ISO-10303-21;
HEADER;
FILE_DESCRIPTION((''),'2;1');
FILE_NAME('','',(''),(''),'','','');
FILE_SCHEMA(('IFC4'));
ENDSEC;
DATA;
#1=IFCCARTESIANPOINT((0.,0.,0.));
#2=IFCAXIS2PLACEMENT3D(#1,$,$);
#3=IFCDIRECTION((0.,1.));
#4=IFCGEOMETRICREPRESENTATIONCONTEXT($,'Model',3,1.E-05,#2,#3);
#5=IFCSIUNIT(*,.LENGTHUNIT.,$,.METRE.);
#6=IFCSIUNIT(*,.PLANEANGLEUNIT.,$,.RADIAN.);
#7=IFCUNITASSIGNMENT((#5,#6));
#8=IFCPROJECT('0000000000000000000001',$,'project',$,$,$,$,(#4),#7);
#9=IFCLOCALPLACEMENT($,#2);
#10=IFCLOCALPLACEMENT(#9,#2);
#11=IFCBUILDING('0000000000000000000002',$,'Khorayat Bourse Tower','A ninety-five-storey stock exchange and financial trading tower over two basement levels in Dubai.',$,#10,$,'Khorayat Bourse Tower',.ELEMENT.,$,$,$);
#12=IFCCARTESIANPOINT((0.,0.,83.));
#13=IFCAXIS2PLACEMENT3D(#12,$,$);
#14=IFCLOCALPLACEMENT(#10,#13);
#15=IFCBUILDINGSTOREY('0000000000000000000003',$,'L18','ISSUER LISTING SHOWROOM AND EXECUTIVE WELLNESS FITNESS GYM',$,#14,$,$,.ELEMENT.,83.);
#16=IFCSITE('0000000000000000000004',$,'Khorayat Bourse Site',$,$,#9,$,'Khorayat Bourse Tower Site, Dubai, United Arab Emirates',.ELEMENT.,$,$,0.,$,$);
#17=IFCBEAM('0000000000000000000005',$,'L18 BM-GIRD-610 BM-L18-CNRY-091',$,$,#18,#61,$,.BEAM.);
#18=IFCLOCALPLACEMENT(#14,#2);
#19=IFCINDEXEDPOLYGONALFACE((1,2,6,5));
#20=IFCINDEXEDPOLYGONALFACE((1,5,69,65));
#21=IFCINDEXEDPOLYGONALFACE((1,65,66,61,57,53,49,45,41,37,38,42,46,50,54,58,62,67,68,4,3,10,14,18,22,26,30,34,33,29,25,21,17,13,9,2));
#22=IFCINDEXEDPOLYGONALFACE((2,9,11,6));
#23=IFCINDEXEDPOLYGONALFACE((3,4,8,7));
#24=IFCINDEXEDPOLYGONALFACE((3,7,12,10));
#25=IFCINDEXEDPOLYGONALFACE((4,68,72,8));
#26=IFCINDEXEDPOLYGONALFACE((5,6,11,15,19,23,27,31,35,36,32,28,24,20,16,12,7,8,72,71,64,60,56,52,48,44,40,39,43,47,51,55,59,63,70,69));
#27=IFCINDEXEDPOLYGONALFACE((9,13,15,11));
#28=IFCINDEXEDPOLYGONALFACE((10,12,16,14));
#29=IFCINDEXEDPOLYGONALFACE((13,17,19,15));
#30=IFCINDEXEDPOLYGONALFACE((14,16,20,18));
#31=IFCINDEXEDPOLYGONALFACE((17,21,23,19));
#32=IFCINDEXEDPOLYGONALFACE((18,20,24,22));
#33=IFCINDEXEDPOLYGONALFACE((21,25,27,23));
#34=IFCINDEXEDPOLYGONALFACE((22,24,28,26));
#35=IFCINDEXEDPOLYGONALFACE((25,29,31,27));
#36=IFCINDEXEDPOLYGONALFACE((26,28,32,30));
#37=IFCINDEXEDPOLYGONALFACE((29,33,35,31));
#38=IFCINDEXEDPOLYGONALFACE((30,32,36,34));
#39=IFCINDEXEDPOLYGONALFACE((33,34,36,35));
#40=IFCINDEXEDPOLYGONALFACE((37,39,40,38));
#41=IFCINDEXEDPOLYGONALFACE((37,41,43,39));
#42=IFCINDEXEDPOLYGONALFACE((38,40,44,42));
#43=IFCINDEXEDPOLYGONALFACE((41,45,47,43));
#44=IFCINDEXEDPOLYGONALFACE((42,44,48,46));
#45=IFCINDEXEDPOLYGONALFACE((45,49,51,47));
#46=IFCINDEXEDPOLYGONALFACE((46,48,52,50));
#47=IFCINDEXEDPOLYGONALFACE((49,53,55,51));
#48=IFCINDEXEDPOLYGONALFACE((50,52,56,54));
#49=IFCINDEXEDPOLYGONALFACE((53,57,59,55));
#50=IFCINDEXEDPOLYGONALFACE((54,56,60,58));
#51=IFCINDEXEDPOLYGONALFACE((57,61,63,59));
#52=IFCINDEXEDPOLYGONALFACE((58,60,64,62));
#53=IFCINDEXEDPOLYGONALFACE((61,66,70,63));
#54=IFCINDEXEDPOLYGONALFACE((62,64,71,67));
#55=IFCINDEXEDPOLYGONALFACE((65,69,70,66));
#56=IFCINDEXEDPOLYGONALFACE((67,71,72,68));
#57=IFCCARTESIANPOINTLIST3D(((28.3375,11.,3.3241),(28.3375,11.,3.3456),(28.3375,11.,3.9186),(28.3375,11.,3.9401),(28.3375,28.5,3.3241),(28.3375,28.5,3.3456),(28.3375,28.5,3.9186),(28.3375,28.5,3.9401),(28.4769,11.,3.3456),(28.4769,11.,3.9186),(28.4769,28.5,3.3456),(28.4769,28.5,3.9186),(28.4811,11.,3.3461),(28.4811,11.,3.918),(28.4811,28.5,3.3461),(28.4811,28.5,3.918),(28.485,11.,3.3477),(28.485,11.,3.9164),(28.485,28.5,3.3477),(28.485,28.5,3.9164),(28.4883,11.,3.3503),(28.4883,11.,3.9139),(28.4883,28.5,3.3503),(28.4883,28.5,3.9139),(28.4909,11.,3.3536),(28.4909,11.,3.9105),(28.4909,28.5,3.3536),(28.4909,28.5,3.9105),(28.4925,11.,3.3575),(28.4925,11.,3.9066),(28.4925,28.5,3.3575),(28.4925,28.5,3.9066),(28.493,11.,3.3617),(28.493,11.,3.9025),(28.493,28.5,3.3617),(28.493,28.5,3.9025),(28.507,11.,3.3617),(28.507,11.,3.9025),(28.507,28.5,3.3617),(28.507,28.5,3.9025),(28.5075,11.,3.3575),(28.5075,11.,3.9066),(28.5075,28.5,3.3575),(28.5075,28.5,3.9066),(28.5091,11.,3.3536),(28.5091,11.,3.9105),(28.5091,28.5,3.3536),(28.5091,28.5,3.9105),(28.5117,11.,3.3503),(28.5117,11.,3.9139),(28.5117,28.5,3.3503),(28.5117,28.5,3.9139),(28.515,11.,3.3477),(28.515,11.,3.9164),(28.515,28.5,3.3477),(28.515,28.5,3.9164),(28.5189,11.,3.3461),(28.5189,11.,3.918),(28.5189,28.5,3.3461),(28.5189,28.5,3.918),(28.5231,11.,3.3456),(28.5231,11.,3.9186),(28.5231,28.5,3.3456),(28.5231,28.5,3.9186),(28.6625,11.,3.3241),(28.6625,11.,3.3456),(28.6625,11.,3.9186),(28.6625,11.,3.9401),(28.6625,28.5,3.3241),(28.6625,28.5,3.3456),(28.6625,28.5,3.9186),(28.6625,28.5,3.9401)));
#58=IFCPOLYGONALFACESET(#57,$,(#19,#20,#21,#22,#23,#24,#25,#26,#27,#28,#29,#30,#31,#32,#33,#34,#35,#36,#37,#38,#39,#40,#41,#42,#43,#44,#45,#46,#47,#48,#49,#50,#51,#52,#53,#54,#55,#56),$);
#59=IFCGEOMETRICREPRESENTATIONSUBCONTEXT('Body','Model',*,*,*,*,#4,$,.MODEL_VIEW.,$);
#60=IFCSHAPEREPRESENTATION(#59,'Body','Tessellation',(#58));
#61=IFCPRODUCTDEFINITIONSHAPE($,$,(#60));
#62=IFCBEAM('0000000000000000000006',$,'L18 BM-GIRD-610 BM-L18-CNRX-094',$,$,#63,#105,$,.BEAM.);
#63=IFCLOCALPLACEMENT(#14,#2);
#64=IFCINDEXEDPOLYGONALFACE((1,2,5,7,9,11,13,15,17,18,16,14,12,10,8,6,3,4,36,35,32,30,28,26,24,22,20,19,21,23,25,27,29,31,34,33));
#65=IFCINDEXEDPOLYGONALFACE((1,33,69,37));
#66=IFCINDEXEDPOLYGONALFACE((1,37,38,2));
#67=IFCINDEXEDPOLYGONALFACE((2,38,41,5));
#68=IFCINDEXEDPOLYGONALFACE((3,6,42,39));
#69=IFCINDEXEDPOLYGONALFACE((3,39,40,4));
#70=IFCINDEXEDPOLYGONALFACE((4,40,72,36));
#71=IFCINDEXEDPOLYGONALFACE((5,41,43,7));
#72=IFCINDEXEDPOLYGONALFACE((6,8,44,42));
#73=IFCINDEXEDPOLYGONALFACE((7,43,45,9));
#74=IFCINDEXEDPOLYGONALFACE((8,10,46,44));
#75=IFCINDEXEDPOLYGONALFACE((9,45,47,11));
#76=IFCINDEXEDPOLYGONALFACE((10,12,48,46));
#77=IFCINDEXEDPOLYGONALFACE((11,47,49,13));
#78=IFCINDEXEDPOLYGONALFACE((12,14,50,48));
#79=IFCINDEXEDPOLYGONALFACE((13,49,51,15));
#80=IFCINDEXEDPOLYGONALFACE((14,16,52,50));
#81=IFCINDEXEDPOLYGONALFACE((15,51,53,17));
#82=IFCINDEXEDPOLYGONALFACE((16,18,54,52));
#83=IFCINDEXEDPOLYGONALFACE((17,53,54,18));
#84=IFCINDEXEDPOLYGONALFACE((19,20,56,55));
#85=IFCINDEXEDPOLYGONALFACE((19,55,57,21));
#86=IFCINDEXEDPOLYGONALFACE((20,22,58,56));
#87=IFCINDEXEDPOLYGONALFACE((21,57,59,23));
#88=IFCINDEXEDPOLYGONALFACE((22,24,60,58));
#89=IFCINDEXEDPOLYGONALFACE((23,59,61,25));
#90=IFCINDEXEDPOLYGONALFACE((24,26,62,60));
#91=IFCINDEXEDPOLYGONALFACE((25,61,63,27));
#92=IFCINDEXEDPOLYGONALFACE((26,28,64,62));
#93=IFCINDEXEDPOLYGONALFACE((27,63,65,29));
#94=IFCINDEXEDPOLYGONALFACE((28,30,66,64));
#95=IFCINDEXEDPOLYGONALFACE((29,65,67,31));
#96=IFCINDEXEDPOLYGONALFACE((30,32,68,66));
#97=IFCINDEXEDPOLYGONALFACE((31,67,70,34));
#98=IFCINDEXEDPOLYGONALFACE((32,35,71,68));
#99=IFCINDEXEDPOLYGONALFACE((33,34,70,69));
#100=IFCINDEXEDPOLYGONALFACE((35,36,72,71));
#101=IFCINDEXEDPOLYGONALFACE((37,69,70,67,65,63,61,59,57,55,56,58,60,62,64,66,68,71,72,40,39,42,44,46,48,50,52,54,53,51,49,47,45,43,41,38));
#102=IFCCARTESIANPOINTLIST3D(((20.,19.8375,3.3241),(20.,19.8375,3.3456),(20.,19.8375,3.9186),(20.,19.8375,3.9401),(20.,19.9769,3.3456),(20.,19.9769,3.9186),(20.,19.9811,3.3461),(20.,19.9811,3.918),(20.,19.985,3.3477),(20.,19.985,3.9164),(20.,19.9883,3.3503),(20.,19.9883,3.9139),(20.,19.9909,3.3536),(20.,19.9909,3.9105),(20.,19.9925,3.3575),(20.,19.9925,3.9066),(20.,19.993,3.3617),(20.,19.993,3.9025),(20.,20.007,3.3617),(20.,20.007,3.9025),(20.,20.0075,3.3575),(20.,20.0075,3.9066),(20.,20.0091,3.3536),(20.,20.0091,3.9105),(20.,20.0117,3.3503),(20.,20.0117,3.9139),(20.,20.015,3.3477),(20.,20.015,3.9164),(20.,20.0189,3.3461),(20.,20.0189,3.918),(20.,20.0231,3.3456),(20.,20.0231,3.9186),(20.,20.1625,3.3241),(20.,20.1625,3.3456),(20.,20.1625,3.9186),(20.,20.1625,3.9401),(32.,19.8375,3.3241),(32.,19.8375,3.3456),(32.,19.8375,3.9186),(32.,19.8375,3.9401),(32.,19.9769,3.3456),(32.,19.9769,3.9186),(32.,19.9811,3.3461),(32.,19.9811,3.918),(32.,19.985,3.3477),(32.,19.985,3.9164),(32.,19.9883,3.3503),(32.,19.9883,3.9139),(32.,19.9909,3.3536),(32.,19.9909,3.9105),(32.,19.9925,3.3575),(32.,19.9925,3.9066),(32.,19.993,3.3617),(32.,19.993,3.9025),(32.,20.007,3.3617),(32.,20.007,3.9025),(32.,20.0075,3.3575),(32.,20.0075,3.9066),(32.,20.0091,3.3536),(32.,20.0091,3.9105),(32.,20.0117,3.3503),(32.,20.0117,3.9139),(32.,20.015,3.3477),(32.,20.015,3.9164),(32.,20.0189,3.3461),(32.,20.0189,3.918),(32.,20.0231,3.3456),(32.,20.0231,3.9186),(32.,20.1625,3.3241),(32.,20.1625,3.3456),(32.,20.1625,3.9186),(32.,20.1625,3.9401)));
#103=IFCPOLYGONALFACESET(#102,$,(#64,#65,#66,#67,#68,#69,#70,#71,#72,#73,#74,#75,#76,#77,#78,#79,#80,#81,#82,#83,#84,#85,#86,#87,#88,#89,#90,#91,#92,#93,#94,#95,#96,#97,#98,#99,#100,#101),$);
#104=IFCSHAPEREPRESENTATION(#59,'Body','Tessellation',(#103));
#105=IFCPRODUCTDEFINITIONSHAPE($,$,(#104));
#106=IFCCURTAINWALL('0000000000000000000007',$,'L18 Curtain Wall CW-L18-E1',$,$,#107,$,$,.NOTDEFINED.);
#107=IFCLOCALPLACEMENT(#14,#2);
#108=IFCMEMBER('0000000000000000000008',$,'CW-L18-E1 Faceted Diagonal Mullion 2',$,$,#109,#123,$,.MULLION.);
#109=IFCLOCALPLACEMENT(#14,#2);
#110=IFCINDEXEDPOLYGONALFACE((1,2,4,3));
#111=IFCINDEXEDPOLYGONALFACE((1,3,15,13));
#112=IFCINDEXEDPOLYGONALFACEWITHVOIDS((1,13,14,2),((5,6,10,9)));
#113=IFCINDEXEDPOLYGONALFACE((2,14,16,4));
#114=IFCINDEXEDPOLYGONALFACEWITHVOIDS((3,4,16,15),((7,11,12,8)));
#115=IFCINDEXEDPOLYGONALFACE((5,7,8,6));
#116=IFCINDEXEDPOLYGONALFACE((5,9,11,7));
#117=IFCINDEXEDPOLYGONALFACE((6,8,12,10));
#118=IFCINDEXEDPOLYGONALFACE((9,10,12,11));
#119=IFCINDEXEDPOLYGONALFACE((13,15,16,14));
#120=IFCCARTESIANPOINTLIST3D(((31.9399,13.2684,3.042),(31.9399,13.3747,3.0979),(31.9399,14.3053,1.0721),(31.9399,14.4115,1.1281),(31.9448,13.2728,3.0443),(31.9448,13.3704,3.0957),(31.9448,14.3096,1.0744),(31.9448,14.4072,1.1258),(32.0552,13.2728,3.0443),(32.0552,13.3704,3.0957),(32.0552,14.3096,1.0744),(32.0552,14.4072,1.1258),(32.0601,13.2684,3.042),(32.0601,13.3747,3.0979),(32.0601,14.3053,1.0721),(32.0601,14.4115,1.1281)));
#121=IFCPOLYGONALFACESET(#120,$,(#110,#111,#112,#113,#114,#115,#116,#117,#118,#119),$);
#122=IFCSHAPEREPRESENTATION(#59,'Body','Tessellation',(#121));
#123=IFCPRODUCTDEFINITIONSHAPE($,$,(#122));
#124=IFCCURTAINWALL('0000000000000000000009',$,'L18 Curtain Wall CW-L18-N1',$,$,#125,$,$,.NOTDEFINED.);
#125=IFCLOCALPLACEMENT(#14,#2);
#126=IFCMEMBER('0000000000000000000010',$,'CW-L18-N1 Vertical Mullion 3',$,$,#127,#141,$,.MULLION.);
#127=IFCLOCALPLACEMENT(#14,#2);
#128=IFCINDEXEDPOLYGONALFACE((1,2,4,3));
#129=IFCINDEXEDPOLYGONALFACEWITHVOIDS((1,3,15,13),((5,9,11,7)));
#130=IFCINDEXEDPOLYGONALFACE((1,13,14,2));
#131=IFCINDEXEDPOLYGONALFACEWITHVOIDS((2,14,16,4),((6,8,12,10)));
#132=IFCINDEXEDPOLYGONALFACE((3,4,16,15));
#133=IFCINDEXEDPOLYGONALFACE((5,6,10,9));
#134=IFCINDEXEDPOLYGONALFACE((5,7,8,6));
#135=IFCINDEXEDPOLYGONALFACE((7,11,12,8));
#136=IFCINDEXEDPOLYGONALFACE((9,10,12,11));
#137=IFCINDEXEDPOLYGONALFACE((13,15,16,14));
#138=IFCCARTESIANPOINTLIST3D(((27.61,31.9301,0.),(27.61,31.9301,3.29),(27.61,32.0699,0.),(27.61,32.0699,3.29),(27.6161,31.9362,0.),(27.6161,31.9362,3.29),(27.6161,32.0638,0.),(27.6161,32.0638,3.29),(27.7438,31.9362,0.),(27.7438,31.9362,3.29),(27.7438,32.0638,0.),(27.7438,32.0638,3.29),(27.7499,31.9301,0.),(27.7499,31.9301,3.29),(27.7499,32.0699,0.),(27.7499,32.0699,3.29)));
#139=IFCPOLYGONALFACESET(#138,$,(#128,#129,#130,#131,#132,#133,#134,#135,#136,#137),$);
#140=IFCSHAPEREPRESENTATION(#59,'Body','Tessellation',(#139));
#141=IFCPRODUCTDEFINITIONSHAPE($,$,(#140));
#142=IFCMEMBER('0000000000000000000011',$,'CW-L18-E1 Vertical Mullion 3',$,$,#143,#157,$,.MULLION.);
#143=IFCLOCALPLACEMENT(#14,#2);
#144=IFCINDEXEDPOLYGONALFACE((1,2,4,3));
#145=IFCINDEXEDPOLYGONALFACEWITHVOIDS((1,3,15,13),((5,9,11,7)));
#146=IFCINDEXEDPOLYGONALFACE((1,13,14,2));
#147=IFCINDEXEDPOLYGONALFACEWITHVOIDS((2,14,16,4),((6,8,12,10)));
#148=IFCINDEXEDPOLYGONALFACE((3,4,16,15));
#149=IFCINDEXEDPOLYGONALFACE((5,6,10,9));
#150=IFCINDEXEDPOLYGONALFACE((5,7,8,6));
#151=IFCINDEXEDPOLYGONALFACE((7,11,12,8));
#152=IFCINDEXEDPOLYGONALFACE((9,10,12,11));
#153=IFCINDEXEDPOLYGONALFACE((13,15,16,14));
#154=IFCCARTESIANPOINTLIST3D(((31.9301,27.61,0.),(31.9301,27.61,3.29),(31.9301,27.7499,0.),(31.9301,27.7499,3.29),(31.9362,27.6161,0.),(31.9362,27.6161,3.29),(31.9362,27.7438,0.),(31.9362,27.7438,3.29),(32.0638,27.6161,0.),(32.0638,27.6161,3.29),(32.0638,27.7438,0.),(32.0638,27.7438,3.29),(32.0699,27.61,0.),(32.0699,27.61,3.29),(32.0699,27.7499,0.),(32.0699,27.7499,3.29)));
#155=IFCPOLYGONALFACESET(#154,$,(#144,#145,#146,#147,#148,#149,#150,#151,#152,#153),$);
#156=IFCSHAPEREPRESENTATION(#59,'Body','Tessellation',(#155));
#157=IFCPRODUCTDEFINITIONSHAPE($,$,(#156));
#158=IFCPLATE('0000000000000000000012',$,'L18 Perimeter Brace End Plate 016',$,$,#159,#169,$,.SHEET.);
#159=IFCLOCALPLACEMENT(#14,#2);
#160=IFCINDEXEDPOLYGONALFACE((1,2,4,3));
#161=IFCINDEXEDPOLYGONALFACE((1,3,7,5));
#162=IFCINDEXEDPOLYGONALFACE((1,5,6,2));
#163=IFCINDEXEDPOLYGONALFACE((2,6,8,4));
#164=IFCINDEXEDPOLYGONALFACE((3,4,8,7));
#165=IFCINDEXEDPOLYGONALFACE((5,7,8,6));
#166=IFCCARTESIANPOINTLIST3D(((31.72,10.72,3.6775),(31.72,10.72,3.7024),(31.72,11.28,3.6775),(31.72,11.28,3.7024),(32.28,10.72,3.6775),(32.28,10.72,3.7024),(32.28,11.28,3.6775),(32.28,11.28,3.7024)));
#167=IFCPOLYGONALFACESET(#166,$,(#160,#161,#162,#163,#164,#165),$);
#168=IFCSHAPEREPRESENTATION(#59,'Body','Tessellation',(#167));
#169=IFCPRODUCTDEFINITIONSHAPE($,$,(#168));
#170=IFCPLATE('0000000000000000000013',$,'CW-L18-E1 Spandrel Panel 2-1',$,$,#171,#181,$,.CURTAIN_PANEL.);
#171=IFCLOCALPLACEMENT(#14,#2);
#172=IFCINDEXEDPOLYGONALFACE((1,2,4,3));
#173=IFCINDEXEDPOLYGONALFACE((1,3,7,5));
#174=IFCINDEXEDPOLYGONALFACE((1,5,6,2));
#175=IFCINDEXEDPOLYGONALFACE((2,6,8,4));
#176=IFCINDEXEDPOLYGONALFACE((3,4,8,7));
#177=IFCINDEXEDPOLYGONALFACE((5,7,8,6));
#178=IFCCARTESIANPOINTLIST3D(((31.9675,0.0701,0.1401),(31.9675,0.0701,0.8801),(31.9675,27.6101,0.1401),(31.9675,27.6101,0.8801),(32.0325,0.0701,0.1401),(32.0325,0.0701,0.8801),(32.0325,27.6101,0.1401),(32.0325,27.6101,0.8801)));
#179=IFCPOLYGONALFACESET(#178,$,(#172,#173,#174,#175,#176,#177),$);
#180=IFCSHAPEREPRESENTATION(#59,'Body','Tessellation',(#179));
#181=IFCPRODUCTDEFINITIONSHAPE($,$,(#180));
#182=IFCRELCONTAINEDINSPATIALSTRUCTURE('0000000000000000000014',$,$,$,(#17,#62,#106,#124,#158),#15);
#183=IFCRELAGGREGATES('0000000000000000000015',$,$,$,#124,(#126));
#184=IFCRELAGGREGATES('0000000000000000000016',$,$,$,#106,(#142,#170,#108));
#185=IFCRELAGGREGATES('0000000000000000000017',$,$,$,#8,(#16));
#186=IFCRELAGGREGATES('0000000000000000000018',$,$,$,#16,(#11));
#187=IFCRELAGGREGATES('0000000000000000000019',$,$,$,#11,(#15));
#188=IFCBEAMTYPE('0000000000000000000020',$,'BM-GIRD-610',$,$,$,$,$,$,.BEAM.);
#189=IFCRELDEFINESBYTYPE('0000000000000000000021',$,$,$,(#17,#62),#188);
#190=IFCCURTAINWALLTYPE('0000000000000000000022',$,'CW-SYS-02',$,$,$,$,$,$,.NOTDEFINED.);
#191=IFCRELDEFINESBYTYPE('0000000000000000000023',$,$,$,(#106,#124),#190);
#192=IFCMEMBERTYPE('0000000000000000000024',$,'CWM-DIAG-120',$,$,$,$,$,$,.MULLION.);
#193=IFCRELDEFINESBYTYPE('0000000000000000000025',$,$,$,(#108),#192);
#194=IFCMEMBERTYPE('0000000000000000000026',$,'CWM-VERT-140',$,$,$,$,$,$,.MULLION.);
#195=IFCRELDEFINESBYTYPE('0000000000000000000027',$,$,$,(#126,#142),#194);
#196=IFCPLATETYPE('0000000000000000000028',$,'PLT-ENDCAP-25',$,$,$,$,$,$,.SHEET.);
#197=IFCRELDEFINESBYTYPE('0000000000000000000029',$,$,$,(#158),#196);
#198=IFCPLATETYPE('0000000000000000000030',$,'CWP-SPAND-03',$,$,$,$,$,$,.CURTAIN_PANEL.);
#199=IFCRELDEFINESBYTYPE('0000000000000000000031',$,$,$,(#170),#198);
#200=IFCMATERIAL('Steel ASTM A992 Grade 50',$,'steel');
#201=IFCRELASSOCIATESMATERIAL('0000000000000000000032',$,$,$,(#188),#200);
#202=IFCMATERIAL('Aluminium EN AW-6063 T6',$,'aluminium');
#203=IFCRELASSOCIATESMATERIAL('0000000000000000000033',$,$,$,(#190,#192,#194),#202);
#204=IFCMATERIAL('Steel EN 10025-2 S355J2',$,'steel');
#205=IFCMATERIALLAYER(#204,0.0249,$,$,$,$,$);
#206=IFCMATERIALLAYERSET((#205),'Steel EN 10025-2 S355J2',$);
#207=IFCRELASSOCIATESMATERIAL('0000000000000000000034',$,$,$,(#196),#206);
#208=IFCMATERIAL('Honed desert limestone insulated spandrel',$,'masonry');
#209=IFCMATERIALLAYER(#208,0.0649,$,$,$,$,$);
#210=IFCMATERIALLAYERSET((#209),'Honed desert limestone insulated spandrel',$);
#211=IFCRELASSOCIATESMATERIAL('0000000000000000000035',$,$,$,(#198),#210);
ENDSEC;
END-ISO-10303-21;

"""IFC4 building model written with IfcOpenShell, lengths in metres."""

from ifc_helpers import new_model, si_unit, direction, frame, origin, origin_2d, place, context, subcontext, project, spatial, rectangle, hollow_rectangle, i_section, extrude, source, transform, mapped, material, layer, layer_set, material_profile, profile_set, type_object, element, aggregate, save


model = new_model("IFC4")

# Units and contexts
model_context = context("Model", 3, precision=1e-05, world=origin(), true_north=direction((0.0, 1.0)))
body_context = subcontext(model_context, "Body", "Model", "MODEL_VIEW")
ifc_project = project(units=[si_unit("LENGTHUNIT", "METRE"), si_unit("PLANEANGLEUNIT", "RADIAN")], contexts=[model_context])

# Site, building, storey
site_placement = place(None, origin())
site = spatial("IfcSite", under=ifc_project, at=site_placement, Name="Khorayat Bourse Site", LongName="Khorayat Bourse Tower Site, Dubai, United Arab Emirates", CompositionType="ELEMENT", RefElevation=0.0)
building_placement = place(site_placement, origin())
building = spatial("IfcBuilding", under=site, at=building_placement, Name="Khorayat Bourse Tower", Description="A ninety-five-storey stock exchange and financial trading tower over two basement levels in Dubai.", LongName="Khorayat Bourse Tower", CompositionType="ELEMENT")
storey_placement = place(building_placement, frame((0.0, 0.0, 83.0)))
storey = spatial("IfcBuildingStorey", under=building, at=storey_placement, Name="L18", Description="ISSUER LISTING SHOWROOM AND EXECUTIVE WELLNESS FITNESS GYM", CompositionType="ELEMENT", Elevation=83.0)

# Beams
ifc_material_1 = material(Name="Steel ASTM A992 Grade 50", Category="steel")
ifc_material_profile_1 = material_profile(ifc_material_1, i_section(OverallWidth=0.325, OverallDepth=0.616, WebThickness=0.0139, FlangeThickness=0.0215, FilletRadius=0.0161, at=origin_2d()), Name="W610X174")
ifc_profile_set_1 = profile_set([ifc_material_profile_1], Name="Steel ASTM A992 Grade 50")
beam_type_1 = type_object("IfcBeamType", Name="BM-GIRD-610", PredefinedType="BEAM", material=ifc_profile_set_1)
shared_shape_1 = source(origin(), body_context, "Body", "SweptSolid", [
    extrude(i_section(OverallWidth=0.325, OverallDepth=0.616, WebThickness=0.0139, FlangeThickness=0.0215, FilletRadius=0.0161, at=origin_2d()), origin(), (0.0, 0.0, 1.0), 17.5),
])
beam_1_placement = place(storey_placement, frame((28.5, 11.0, 3.6321), z_axis=(0.0, 1.0, 0.0), x_axis=(-1.0, 0.0, 0.0)))
element("IfcBeam", 1, at=beam_1_placement, inside=storey, type_object=beam_type_1, Name="L18 BM-GIRD-610 BM-L18-CNRY-091", PredefinedType="BEAM", context=body_context, shape_type="MappedRepresentation", body=[
    mapped(shared_shape_1, transform((0.0, 0.0, 0.0), scale=1.0)),
])
shared_shape_2 = source(origin(), body_context, "Body", "SweptSolid", [
    extrude(i_section(OverallWidth=0.325, OverallDepth=0.616, WebThickness=0.0139, FlangeThickness=0.0215, FilletRadius=0.0161, at=origin_2d()), origin(), (0.0, 0.0, 1.0), 12.0),
])
beam_2_placement = place(storey_placement, frame((20.0, 20.0, 3.6321), z_axis=(1.0, 0.0, 0.0), x_axis=(0.0, 1.0, 0.0)))
element("IfcBeam", 2, at=beam_2_placement, inside=storey, type_object=beam_type_1, Name="L18 BM-GIRD-610 BM-L18-CNRX-094", PredefinedType="BEAM", context=body_context, shape_type="MappedRepresentation", body=[
    mapped(shared_shape_2, transform((0.0, 0.0, 0.0), scale=1.0)),
])

# Curtain walls, members
ifc_material_2 = material(Name="Aluminium EN AW-6063 T6", Category="aluminium")
curtain_wall_type = type_object("IfcCurtainWallType", Name="CW-SYS-02", PredefinedType="NOTDEFINED", material=ifc_material_2)
curtain_wall_1_placement = place(storey_placement, origin())
curtain_wall_1 = element("IfcCurtainWall", 3, at=curtain_wall_1_placement, inside=storey, type_object=curtain_wall_type, Name="L18 Curtain Wall CW-L18-E1", PredefinedType="NOTDEFINED")
ifc_material_profile_2 = material_profile(ifc_material_2, hollow_rectangle(XDim=0.1201, YDim=0.1201, WallThickness=0.0049, at=origin_2d()), Name="ALU 120x120x5")
ifc_profile_set_2 = profile_set([ifc_material_profile_2], Name="Aluminium EN AW-6063 T6")
member_type_1 = type_object("IfcMemberType", Name="CWM-DIAG-120", PredefinedType="MULLION", material=ifc_profile_set_2)
shared_shape_3 = source(origin(), body_context, "Body", "SweptSolid", [
    extrude(hollow_rectangle(XDim=0.1201, YDim=0.1201, WallThickness=0.0049, at=origin_2d()), origin(), (0.0, 0.0, 1.0), 2.2261),
])
member_1_placement = place(storey_placement, frame((32.0, 14.3584, 1.1001), z_axis=(0.0, -0.46576, 0.884911), x_axis=(1.0, 0.0, 0.0)))
member_1 = element("IfcMember", 4, at=member_1_placement, type_object=member_type_1, Name="CW-L18-E1 Faceted Diagonal Mullion 2", PredefinedType="MULLION", context=body_context, shape_type="MappedRepresentation", body=[
    mapped(shared_shape_3, transform((0.0, 0.0, 0.0), scale=1.0)),
])
curtain_wall_2_placement = place(storey_placement, origin())
curtain_wall_2 = element("IfcCurtainWall", 5, at=curtain_wall_2_placement, inside=storey, type_object=curtain_wall_type, Name="L18 Curtain Wall CW-L18-N1", PredefinedType="NOTDEFINED")
ifc_material_profile_3 = material_profile(ifc_material_2, hollow_rectangle(XDim=0.1399, YDim=0.1399, WallThickness=0.0061, at=origin_2d()), Name="ALU 140x140x6")
ifc_profile_set_3 = profile_set([ifc_material_profile_3], Name="Aluminium EN AW-6063 T6")
member_type_2 = type_object("IfcMemberType", Name="CWM-VERT-140", PredefinedType="MULLION", material=ifc_profile_set_3)
shared_shape_4 = source(origin(), body_context, "Body", "SweptSolid", [
    extrude(hollow_rectangle(XDim=0.1399, YDim=0.1399, WallThickness=0.0061, at=origin_2d()), origin(), (0.0, 0.0, 1.0), 3.29),
])
member_2_placement = place(storey_placement, frame((27.6799, 32.0, 0.0), z_axis=(0.0, 0.0, 1.0), x_axis=(0.0, 1.0, 0.0)))
member_2 = element("IfcMember", 6, at=member_2_placement, type_object=member_type_2, Name="CW-L18-N1 Vertical Mullion 3", PredefinedType="MULLION", context=body_context, shape_type="MappedRepresentation", body=[
    mapped(shared_shape_4, transform((0.0, 0.0, 0.0), scale=1.0)),
])
aggregate(curtain_wall_2, [member_2])

# Member
member_3_placement = place(storey_placement, frame((32.0, 27.6799, 0.0), z_axis=(0.0, 0.0, 1.0), x_axis=(-1.0, 0.0, 0.0)))
member_3 = element("IfcMember", 7, at=member_3_placement, type_object=member_type_2, Name="CW-L18-E1 Vertical Mullion 3", PredefinedType="MULLION", context=body_context, shape_type="MappedRepresentation", body=[
    mapped(shared_shape_4, transform((0.0, 0.0, 0.0), scale=1.0)),
])

# Plates
ifc_material_3 = material(Name="Steel EN 10025-2 S355J2", Category="steel")
ifc_layer_1 = layer(ifc_material_3, 0.0249)
ifc_layer_set_1 = layer_set([ifc_layer_1], Name="Steel EN 10025-2 S355J2")
plate_type_1 = type_object("IfcPlateType", Name="PLT-ENDCAP-25", PredefinedType="SHEET", material=ifc_layer_set_1)
shared_shape_5 = source(origin(), body_context, "Body", "SweptSolid", [
    extrude(rectangle(XDim=0.5601, YDim=0.5601, at=origin_2d()), origin(), (0.0, 0.0, 1.0), 0.0249),
])
plate_1_placement = place(storey_placement, frame((32.0, 11.0, 3.6775), z_axis=(0.0, 0.0, 1.0), x_axis=(1.0, 0.0, 0.0)))
element("IfcPlate", 8, at=plate_1_placement, inside=storey, type_object=plate_type_1, Name="L18 Perimeter Brace End Plate 016", PredefinedType="SHEET", context=body_context, shape_type="MappedRepresentation", body=[
    mapped(shared_shape_5, transform((0.0, 0.0, 0.0), scale=1.0)),
])
ifc_material_4 = material(Name="Honed desert limestone insulated spandrel", Category="masonry")
ifc_layer_2 = layer(ifc_material_4, 0.0649)
ifc_layer_set_2 = layer_set([ifc_layer_2], Name="Honed desert limestone insulated spandrel")
plate_type_2 = type_object("IfcPlateType", Name="CWP-SPAND-03", PredefinedType="CURTAIN_PANEL", material=ifc_layer_set_2)
shared_shape_6 = source(origin(), body_context, "Body", "SweptSolid", [
    extrude(rectangle(XDim=27.54, YDim=0.0649, at=origin_2d()), origin(), (0.0, 0.0, 1.0), 0.74),
])
plate_2_placement = place(storey_placement, frame((32.0, 13.8401, 0.1401), z_axis=(0.0, 0.0, 1.0), x_axis=(0.0, 1.0, 0.0)))
plate_2 = element("IfcPlate", 9, at=plate_2_placement, type_object=plate_type_2, Name="CW-L18-E1 Spandrel Panel 2-1", PredefinedType="CURTAIN_PANEL", context=body_context, shape_type="MappedRepresentation", body=[
    mapped(shared_shape_6, transform((0.0, 0.0, 0.0), scale=1.0)),
])
aggregate(curtain_wall_1, [member_3, plate_2, member_1])

save(model, "model.ifc")
